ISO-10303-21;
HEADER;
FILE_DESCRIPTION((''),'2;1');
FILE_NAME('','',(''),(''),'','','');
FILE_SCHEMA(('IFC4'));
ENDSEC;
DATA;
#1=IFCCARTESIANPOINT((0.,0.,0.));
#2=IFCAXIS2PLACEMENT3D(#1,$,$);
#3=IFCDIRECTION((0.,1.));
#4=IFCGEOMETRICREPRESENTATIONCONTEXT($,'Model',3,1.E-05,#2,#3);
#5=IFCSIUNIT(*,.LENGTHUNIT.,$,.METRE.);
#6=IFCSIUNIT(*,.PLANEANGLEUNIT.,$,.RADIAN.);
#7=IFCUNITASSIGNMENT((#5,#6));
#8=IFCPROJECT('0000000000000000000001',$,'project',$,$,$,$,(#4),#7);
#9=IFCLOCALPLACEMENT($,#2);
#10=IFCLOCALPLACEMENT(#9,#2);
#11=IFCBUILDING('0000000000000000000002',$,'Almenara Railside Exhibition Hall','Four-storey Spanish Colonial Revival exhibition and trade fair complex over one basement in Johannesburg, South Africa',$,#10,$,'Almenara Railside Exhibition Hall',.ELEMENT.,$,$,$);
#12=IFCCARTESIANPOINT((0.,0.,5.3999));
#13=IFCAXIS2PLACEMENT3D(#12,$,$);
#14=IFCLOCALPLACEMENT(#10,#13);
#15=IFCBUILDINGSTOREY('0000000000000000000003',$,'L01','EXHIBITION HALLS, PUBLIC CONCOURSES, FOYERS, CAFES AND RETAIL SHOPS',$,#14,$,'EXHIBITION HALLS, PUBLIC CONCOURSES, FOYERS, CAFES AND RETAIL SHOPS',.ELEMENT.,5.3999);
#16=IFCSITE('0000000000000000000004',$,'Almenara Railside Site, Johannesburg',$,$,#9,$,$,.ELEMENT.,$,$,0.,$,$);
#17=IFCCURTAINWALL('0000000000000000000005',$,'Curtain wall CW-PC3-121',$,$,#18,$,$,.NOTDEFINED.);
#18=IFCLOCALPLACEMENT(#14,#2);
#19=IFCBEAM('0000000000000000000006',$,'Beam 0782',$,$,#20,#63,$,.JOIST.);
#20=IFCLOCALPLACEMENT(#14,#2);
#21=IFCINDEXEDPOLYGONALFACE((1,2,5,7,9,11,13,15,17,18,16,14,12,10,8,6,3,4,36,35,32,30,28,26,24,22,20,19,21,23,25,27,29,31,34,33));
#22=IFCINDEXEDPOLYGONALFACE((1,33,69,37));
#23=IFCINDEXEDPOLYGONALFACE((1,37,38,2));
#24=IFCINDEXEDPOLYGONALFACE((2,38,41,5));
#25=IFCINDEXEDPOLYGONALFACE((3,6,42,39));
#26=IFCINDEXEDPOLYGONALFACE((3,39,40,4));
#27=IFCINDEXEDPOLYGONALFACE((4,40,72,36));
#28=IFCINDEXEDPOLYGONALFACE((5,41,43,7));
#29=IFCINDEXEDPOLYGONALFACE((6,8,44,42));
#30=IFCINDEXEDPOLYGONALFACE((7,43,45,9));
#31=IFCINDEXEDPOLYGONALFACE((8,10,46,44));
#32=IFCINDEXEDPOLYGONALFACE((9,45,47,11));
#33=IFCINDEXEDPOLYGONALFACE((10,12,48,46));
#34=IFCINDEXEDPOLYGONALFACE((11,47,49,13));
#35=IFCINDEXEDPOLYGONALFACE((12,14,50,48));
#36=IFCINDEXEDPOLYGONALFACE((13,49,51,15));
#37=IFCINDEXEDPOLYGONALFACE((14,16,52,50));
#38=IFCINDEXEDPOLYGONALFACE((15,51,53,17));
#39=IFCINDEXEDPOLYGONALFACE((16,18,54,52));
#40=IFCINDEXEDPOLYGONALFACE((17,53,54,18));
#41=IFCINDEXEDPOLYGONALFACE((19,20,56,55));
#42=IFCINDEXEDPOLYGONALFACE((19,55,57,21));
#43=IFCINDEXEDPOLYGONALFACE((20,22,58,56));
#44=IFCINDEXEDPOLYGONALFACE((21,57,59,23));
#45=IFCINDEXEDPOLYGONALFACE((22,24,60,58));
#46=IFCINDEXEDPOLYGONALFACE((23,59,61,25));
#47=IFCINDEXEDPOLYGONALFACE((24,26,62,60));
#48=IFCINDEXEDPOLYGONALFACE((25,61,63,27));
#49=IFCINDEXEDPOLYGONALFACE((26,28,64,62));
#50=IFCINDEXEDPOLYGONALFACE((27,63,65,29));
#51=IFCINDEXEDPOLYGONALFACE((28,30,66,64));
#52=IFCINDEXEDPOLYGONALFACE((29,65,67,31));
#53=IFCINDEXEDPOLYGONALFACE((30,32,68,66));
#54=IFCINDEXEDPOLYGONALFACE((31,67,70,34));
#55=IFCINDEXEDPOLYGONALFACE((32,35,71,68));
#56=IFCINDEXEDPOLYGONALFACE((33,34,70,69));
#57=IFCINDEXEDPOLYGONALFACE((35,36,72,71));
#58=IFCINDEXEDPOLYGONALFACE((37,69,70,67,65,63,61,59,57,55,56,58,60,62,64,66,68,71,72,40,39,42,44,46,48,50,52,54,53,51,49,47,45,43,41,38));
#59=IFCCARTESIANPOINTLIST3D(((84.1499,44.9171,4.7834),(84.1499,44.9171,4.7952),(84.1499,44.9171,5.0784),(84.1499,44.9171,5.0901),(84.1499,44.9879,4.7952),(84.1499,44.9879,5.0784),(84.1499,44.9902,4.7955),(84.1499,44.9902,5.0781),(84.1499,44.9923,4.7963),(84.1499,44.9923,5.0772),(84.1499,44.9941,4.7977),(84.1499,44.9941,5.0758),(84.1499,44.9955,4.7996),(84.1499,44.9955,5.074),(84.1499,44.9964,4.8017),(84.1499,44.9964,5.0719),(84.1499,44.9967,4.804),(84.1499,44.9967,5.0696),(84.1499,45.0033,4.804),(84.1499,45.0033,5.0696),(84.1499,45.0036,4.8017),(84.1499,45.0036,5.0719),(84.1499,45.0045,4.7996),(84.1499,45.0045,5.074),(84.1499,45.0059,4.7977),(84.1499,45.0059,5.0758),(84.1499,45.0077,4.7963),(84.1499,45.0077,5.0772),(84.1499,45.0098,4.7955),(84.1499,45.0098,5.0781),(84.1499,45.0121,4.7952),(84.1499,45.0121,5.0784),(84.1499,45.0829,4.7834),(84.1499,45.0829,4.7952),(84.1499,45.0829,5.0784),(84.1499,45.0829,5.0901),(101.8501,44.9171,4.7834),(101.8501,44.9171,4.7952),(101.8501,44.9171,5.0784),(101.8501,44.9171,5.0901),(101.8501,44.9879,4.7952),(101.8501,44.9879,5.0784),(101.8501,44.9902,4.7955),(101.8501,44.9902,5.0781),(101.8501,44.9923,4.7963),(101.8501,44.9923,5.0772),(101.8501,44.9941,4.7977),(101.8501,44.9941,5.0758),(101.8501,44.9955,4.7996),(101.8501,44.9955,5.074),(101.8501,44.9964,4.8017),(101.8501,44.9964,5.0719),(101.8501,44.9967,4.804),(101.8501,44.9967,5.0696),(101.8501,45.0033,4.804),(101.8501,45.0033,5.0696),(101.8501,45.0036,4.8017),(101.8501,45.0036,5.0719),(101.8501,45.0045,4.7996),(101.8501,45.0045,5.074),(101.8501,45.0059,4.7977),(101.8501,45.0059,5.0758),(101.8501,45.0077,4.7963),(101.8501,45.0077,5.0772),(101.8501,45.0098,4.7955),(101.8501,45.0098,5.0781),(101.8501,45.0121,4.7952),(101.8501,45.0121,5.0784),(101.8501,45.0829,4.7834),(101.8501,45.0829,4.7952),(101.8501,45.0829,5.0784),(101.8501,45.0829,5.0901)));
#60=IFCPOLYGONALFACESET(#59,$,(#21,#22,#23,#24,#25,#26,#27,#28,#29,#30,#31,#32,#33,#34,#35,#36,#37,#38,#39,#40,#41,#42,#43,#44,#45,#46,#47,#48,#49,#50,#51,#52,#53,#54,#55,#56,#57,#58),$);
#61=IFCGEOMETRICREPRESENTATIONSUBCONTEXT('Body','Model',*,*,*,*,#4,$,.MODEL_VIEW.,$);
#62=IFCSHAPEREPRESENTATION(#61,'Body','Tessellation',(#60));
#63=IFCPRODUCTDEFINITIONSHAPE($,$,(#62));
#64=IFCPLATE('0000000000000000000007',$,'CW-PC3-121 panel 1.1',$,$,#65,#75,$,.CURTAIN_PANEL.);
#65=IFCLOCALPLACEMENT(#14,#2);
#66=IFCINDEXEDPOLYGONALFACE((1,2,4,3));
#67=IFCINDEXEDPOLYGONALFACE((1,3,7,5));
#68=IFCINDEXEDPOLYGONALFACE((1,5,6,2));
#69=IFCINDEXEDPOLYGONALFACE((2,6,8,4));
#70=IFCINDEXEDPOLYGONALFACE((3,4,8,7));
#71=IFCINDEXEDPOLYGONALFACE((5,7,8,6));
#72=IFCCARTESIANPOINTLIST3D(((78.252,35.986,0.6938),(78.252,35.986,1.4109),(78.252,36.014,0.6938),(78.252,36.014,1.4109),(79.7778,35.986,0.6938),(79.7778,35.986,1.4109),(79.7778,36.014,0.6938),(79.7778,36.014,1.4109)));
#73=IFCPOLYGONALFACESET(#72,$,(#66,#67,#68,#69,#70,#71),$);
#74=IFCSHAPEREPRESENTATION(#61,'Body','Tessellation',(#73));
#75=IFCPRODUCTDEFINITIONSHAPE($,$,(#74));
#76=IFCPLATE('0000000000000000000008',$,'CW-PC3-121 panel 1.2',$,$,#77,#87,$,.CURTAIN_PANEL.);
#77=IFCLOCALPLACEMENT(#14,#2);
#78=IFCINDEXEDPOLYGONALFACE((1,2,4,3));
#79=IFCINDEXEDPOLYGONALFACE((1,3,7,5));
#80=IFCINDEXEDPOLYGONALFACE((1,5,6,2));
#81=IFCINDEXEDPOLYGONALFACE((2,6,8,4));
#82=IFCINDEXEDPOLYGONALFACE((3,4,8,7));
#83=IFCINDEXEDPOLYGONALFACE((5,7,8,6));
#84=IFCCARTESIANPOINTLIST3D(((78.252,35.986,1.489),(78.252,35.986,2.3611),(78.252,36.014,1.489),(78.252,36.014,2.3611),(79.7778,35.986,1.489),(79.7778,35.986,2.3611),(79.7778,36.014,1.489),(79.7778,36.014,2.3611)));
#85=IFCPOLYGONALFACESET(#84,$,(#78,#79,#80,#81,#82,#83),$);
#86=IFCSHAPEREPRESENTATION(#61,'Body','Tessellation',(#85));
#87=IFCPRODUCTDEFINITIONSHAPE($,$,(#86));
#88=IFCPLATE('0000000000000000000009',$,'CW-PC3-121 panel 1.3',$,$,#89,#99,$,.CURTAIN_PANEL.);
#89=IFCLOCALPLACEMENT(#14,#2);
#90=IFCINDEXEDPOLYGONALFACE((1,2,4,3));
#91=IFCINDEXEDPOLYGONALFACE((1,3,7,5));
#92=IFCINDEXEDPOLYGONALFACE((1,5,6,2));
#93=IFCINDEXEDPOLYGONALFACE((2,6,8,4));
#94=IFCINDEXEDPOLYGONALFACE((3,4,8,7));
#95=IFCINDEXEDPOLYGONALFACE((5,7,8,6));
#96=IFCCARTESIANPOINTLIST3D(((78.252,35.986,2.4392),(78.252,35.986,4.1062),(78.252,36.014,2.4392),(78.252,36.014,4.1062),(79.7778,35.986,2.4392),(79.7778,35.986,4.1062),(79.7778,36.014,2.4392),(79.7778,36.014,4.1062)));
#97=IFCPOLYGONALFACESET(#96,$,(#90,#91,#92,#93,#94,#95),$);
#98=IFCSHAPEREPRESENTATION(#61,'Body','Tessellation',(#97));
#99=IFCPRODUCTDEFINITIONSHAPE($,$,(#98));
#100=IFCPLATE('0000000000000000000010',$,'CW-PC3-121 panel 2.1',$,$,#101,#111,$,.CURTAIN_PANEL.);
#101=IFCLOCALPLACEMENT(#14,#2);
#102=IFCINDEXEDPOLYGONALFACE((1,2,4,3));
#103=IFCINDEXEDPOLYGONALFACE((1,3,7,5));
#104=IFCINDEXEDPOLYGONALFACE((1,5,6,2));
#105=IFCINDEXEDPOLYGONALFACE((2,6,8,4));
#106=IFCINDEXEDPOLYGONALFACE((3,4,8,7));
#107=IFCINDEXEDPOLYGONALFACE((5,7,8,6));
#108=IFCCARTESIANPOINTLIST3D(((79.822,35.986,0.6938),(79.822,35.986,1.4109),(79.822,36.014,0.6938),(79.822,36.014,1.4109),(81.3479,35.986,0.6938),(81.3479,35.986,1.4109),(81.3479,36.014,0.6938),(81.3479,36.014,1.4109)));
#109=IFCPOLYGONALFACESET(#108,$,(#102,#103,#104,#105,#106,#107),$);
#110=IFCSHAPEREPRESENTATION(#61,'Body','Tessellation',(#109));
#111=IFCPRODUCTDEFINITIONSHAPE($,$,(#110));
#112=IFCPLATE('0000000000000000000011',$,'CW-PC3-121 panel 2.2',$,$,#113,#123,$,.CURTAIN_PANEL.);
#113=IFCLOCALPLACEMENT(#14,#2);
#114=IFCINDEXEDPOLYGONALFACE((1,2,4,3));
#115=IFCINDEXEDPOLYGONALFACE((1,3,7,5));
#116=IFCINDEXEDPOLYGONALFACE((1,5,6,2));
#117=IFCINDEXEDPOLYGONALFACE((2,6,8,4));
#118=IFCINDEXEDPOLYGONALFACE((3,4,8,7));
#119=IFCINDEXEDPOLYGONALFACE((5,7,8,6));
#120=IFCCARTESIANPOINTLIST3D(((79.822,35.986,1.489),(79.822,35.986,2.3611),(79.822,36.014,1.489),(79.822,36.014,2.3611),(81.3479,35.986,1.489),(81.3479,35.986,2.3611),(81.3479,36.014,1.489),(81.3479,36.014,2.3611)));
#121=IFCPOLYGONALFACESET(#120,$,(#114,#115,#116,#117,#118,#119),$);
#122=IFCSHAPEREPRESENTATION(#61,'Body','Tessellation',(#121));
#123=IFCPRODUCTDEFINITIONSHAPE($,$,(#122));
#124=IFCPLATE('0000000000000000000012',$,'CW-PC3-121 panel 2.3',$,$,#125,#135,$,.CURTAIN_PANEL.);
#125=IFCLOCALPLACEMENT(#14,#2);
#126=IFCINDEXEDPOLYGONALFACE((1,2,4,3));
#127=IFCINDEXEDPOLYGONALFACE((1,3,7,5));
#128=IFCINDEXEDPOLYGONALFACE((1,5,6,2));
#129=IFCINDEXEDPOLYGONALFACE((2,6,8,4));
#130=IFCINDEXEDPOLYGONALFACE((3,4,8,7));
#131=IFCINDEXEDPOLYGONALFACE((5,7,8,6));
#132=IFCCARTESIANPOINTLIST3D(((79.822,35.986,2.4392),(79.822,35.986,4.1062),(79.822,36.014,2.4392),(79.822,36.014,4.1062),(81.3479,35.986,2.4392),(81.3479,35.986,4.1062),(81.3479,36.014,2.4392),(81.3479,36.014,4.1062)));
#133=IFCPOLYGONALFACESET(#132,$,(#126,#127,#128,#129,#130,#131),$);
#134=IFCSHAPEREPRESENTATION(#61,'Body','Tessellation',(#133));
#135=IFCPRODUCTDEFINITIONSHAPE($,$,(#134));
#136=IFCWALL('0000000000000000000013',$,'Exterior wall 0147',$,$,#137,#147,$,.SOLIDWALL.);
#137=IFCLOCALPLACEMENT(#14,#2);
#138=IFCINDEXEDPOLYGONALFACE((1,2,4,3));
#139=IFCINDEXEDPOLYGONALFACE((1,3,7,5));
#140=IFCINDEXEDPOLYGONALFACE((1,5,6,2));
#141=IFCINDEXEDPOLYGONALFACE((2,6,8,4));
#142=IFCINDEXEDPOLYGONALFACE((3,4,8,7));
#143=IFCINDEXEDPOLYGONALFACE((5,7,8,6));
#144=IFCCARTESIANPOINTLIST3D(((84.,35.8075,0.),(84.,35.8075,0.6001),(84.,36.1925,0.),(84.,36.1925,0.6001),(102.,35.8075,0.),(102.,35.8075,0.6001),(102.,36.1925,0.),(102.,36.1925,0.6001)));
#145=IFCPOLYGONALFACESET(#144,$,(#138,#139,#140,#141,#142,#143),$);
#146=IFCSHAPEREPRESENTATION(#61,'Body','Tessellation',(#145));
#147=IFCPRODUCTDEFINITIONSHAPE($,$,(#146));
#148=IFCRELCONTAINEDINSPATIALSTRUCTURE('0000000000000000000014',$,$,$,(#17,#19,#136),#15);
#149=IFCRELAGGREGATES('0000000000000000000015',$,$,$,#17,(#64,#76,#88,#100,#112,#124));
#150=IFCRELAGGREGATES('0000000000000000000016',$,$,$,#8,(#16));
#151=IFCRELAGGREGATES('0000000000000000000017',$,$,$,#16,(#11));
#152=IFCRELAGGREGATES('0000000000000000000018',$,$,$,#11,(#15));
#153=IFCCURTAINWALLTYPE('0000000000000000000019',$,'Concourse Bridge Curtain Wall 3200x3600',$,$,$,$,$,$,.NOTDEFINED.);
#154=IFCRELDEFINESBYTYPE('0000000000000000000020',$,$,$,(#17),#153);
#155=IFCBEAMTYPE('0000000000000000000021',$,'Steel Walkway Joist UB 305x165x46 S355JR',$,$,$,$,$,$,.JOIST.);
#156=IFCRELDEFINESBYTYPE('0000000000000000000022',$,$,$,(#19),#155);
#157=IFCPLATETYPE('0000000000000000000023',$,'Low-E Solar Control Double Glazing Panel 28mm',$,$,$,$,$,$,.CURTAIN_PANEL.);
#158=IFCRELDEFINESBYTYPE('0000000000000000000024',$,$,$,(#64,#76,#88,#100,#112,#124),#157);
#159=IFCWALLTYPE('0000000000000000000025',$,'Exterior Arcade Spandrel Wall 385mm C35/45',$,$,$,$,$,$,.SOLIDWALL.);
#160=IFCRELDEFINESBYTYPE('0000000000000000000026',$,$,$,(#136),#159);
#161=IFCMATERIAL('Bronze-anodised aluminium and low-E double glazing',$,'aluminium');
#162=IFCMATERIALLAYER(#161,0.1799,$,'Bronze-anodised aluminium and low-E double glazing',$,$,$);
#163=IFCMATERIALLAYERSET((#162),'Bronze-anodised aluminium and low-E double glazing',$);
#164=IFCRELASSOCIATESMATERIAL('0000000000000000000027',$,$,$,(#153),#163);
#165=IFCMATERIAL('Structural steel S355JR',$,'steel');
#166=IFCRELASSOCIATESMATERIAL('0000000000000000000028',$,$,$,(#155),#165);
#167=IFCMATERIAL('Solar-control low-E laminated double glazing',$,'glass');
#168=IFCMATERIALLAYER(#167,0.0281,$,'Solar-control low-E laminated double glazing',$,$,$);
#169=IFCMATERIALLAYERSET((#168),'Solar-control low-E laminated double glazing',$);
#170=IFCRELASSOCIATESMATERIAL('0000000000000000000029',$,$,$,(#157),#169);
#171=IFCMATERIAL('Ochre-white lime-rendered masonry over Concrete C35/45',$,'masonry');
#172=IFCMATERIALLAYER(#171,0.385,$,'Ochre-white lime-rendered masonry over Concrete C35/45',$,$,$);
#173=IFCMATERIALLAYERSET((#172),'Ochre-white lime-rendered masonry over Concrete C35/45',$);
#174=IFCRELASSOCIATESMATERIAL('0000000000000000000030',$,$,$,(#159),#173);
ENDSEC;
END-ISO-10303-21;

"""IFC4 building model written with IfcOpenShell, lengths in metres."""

from ifc_helpers import new_model, si_unit, direction, frame, frame_2d, origin, origin_2d, place, context, subcontext, project, spatial, rectangle, i_section, extrude, material, layer, layer_set, material_profile, profile_set, type_object, element, aggregate, save


model = new_model("IFC4")

# Units and contexts
model_context = context("Model", 3, precision=1e-05, world=origin(), true_north=direction((0.0, 1.0)))
body_context = subcontext(model_context, "Body", "Model", "MODEL_VIEW")
ifc_project = project(units=[si_unit("LENGTHUNIT", "METRE"), si_unit("PLANEANGLEUNIT", "RADIAN")], contexts=[model_context])

# Site, building, storey
site_placement = place(None, origin())
site = spatial("IfcSite", under=ifc_project, at=site_placement, Name="Almenara Railside Site, Johannesburg", CompositionType="ELEMENT", RefElevation=0.0)
building_placement = place(site_placement, origin())
building = spatial("IfcBuilding", under=site, at=building_placement, Name="Almenara Railside Exhibition Hall", Description="Four-storey Spanish Colonial Revival exhibition and trade fair complex over one basement in Johannesburg, South Africa", LongName="Almenara Railside Exhibition Hall", CompositionType="ELEMENT")
storey_placement = place(building_placement, frame((0.0, 0.0, 5.3999)))
storey = spatial("IfcBuildingStorey", under=building, at=storey_placement, Name="L01", Description="EXHIBITION HALLS, PUBLIC CONCOURSES, FOYERS, CAFES AND RETAIL SHOPS", LongName="EXHIBITION HALLS, PUBLIC CONCOURSES, FOYERS, CAFES AND RETAIL SHOPS", CompositionType="ELEMENT", Elevation=5.3999)

# Curtain wall
ifc_material_1 = material(Name="Bronze-anodised aluminium and low-E double glazing", Category="aluminium")
ifc_layer_1 = layer(ifc_material_1, 0.1799, Name="Bronze-anodised aluminium and low-E double glazing")
ifc_layer_set_1 = layer_set([ifc_layer_1], Name="Bronze-anodised aluminium and low-E double glazing")
curtain_wall_type = type_object("IfcCurtainWallType", Name="Concourse Bridge Curtain Wall 3200x3600", PredefinedType="NOTDEFINED", material=ifc_layer_set_1)
curtain_wall_1_placement = place(storey_placement, origin())
curtain_wall_1 = element("IfcCurtainWall", 1, at=curtain_wall_1_placement, inside=storey, type_object=curtain_wall_type, Name="Curtain wall CW-PC3-121", PredefinedType="NOTDEFINED")

# Beam
ifc_material_2 = material(Name="Structural steel S355JR", Category="steel")
ifc_material_profile_1 = material_profile(ifc_material_2, i_section(OverallWidth=0.1658, OverallDepth=0.3066, WebThickness=0.0066, FlangeThickness=0.0117, FilletRadius=0.0088, at=origin_2d()), Name="UB 305x165x46")
ifc_profile_set_1 = profile_set([ifc_material_profile_1], Name="Structural steel S355JR")
beam_type_1 = type_object("IfcBeamType", Name="Steel Walkway Joist UB 305x165x46 S355JR", PredefinedType="JOIST", material=ifc_profile_set_1)
beam_1_placement = place(storey_placement, frame((84.1499, 45.0, 4.9368), z_axis=(1.0, 0.0, 0.0), x_axis=(0.0, 1.0, 0.0)))
element("IfcBeam", 2, at=beam_1_placement, inside=storey, type_object=beam_type_1, Name="Beam 0782", PredefinedType="JOIST", context=body_context, shape_type="SweptSolid", body=[
    extrude(i_section(OverallWidth=0.1658, OverallDepth=0.3066, WebThickness=0.0066, FlangeThickness=0.0117, FilletRadius=0.0088, at=origin_2d()), origin(), (0.0, 0.0, 1.0), 17.7002),
])

# Plates
ifc_material_3 = material(Name="Solar-control low-E laminated double glazing", Category="glass")
ifc_layer_2 = layer(ifc_material_3, 0.0281, Name="Solar-control low-E laminated double glazing")
ifc_layer_set_2 = layer_set([ifc_layer_2], Name="Solar-control low-E laminated double glazing")
plate_type = type_object("IfcPlateType", Name="Low-E Solar Control Double Glazing Panel 28mm", PredefinedType="CURTAIN_PANEL", material=ifc_layer_set_2)
plate_1_placement = place(storey_placement, frame((79.0149, 36.0, 0.6938), z_axis=(0.0, 0.0, 1.0), x_axis=(1.0, 0.0, 0.0)))
plate_1 = element("IfcPlate", 3, at=plate_1_placement, type_object=plate_type, Name="CW-PC3-121 panel 1.1", PredefinedType="CURTAIN_PANEL", context=body_context, shape_type="SweptSolid", body=[
    extrude(rectangle(XDim=1.5259, YDim=0.0281, at=origin_2d()), origin(), (0.0, 0.0, 1.0), 0.717),
])
plate_2_placement = place(storey_placement, frame((79.0149, 36.0, 1.489), z_axis=(0.0, 0.0, 1.0), x_axis=(1.0, 0.0, 0.0)))
plate_2 = element("IfcPlate", 4, at=plate_2_placement, type_object=plate_type, Name="CW-PC3-121 panel 1.2", PredefinedType="CURTAIN_PANEL", context=body_context, shape_type="SweptSolid", body=[
    extrude(rectangle(XDim=1.5259, YDim=0.0281, at=origin_2d()), origin(), (0.0, 0.0, 1.0), 0.8721),
])
plate_3_placement = place(storey_placement, frame((79.0149, 36.0, 2.4392), z_axis=(0.0, 0.0, 1.0), x_axis=(1.0, 0.0, 0.0)))
plate_3 = element("IfcPlate", 5, at=plate_3_placement, type_object=plate_type, Name="CW-PC3-121 panel 1.3", PredefinedType="CURTAIN_PANEL", context=body_context, shape_type="SweptSolid", body=[
    extrude(rectangle(XDim=1.5259, YDim=0.0281, at=origin_2d()), origin(), (0.0, 0.0, 1.0), 1.667),
])
plate_4_placement = place(storey_placement, frame((80.585, 36.0, 0.6938), z_axis=(0.0, 0.0, 1.0), x_axis=(1.0, 0.0, 0.0)))
plate_4 = element("IfcPlate", 6, at=plate_4_placement, type_object=plate_type, Name="CW-PC3-121 panel 2.1", PredefinedType="CURTAIN_PANEL", context=body_context, shape_type="SweptSolid", body=[
    extrude(rectangle(XDim=1.5259, YDim=0.0281, at=origin_2d()), origin(), (0.0, 0.0, 1.0), 0.717),
])
plate_5_placement = place(storey_placement, frame((80.585, 36.0, 1.489), z_axis=(0.0, 0.0, 1.0), x_axis=(1.0, 0.0, 0.0)))
plate_5 = element("IfcPlate", 7, at=plate_5_placement, type_object=plate_type, Name="CW-PC3-121 panel 2.2", PredefinedType="CURTAIN_PANEL", context=body_context, shape_type="SweptSolid", body=[
    extrude(rectangle(XDim=1.5259, YDim=0.0281, at=origin_2d()), origin(), (0.0, 0.0, 1.0), 0.8721),
])
plate_6_placement = place(storey_placement, frame((80.585, 36.0, 2.4392), z_axis=(0.0, 0.0, 1.0), x_axis=(1.0, 0.0, 0.0)))
plate_6 = element("IfcPlate", 8, at=plate_6_placement, type_object=plate_type, Name="CW-PC3-121 panel 2.3", PredefinedType="CURTAIN_PANEL", context=body_context, shape_type="SweptSolid", body=[
    extrude(rectangle(XDim=1.5259, YDim=0.0281, at=origin_2d()), origin(), (0.0, 0.0, 1.0), 1.667),
])
aggregate(curtain_wall_1, [plate_1, plate_2, plate_3, plate_4, plate_5, plate_6])

# Wall
ifc_material_4 = material(Name="Ochre-white lime-rendered masonry over Concrete C35/45", Category="masonry")
ifc_layer_3 = layer(ifc_material_4, 0.385, Name="Ochre-white lime-rendered masonry over Concrete C35/45")
ifc_layer_set_3 = layer_set([ifc_layer_3], Name="Ochre-white lime-rendered masonry over Concrete C35/45")
wall_type = type_object("IfcWallType", Name="Exterior Arcade Spandrel Wall 385mm C35/45", PredefinedType="SOLIDWALL", material=ifc_layer_set_3)
wall_placement = place(storey_placement, frame((84.0, 36.0, 0.0), z_axis=(0.0, 0.0, 1.0), x_axis=(1.0, 0.0, 0.0)))
element("IfcWall", 9, at=wall_placement, inside=storey, type_object=wall_type, Name="Exterior wall 0147", PredefinedType="SOLIDWALL", context=body_context, shape_type="SweptSolid", body=[
    extrude(rectangle(XDim=18.0, YDim=0.385, at=frame_2d((9.0, 0.0))), origin(), (0.0, 0.0, 1.0), 0.6001),
])

save(model, "model.ifc")
